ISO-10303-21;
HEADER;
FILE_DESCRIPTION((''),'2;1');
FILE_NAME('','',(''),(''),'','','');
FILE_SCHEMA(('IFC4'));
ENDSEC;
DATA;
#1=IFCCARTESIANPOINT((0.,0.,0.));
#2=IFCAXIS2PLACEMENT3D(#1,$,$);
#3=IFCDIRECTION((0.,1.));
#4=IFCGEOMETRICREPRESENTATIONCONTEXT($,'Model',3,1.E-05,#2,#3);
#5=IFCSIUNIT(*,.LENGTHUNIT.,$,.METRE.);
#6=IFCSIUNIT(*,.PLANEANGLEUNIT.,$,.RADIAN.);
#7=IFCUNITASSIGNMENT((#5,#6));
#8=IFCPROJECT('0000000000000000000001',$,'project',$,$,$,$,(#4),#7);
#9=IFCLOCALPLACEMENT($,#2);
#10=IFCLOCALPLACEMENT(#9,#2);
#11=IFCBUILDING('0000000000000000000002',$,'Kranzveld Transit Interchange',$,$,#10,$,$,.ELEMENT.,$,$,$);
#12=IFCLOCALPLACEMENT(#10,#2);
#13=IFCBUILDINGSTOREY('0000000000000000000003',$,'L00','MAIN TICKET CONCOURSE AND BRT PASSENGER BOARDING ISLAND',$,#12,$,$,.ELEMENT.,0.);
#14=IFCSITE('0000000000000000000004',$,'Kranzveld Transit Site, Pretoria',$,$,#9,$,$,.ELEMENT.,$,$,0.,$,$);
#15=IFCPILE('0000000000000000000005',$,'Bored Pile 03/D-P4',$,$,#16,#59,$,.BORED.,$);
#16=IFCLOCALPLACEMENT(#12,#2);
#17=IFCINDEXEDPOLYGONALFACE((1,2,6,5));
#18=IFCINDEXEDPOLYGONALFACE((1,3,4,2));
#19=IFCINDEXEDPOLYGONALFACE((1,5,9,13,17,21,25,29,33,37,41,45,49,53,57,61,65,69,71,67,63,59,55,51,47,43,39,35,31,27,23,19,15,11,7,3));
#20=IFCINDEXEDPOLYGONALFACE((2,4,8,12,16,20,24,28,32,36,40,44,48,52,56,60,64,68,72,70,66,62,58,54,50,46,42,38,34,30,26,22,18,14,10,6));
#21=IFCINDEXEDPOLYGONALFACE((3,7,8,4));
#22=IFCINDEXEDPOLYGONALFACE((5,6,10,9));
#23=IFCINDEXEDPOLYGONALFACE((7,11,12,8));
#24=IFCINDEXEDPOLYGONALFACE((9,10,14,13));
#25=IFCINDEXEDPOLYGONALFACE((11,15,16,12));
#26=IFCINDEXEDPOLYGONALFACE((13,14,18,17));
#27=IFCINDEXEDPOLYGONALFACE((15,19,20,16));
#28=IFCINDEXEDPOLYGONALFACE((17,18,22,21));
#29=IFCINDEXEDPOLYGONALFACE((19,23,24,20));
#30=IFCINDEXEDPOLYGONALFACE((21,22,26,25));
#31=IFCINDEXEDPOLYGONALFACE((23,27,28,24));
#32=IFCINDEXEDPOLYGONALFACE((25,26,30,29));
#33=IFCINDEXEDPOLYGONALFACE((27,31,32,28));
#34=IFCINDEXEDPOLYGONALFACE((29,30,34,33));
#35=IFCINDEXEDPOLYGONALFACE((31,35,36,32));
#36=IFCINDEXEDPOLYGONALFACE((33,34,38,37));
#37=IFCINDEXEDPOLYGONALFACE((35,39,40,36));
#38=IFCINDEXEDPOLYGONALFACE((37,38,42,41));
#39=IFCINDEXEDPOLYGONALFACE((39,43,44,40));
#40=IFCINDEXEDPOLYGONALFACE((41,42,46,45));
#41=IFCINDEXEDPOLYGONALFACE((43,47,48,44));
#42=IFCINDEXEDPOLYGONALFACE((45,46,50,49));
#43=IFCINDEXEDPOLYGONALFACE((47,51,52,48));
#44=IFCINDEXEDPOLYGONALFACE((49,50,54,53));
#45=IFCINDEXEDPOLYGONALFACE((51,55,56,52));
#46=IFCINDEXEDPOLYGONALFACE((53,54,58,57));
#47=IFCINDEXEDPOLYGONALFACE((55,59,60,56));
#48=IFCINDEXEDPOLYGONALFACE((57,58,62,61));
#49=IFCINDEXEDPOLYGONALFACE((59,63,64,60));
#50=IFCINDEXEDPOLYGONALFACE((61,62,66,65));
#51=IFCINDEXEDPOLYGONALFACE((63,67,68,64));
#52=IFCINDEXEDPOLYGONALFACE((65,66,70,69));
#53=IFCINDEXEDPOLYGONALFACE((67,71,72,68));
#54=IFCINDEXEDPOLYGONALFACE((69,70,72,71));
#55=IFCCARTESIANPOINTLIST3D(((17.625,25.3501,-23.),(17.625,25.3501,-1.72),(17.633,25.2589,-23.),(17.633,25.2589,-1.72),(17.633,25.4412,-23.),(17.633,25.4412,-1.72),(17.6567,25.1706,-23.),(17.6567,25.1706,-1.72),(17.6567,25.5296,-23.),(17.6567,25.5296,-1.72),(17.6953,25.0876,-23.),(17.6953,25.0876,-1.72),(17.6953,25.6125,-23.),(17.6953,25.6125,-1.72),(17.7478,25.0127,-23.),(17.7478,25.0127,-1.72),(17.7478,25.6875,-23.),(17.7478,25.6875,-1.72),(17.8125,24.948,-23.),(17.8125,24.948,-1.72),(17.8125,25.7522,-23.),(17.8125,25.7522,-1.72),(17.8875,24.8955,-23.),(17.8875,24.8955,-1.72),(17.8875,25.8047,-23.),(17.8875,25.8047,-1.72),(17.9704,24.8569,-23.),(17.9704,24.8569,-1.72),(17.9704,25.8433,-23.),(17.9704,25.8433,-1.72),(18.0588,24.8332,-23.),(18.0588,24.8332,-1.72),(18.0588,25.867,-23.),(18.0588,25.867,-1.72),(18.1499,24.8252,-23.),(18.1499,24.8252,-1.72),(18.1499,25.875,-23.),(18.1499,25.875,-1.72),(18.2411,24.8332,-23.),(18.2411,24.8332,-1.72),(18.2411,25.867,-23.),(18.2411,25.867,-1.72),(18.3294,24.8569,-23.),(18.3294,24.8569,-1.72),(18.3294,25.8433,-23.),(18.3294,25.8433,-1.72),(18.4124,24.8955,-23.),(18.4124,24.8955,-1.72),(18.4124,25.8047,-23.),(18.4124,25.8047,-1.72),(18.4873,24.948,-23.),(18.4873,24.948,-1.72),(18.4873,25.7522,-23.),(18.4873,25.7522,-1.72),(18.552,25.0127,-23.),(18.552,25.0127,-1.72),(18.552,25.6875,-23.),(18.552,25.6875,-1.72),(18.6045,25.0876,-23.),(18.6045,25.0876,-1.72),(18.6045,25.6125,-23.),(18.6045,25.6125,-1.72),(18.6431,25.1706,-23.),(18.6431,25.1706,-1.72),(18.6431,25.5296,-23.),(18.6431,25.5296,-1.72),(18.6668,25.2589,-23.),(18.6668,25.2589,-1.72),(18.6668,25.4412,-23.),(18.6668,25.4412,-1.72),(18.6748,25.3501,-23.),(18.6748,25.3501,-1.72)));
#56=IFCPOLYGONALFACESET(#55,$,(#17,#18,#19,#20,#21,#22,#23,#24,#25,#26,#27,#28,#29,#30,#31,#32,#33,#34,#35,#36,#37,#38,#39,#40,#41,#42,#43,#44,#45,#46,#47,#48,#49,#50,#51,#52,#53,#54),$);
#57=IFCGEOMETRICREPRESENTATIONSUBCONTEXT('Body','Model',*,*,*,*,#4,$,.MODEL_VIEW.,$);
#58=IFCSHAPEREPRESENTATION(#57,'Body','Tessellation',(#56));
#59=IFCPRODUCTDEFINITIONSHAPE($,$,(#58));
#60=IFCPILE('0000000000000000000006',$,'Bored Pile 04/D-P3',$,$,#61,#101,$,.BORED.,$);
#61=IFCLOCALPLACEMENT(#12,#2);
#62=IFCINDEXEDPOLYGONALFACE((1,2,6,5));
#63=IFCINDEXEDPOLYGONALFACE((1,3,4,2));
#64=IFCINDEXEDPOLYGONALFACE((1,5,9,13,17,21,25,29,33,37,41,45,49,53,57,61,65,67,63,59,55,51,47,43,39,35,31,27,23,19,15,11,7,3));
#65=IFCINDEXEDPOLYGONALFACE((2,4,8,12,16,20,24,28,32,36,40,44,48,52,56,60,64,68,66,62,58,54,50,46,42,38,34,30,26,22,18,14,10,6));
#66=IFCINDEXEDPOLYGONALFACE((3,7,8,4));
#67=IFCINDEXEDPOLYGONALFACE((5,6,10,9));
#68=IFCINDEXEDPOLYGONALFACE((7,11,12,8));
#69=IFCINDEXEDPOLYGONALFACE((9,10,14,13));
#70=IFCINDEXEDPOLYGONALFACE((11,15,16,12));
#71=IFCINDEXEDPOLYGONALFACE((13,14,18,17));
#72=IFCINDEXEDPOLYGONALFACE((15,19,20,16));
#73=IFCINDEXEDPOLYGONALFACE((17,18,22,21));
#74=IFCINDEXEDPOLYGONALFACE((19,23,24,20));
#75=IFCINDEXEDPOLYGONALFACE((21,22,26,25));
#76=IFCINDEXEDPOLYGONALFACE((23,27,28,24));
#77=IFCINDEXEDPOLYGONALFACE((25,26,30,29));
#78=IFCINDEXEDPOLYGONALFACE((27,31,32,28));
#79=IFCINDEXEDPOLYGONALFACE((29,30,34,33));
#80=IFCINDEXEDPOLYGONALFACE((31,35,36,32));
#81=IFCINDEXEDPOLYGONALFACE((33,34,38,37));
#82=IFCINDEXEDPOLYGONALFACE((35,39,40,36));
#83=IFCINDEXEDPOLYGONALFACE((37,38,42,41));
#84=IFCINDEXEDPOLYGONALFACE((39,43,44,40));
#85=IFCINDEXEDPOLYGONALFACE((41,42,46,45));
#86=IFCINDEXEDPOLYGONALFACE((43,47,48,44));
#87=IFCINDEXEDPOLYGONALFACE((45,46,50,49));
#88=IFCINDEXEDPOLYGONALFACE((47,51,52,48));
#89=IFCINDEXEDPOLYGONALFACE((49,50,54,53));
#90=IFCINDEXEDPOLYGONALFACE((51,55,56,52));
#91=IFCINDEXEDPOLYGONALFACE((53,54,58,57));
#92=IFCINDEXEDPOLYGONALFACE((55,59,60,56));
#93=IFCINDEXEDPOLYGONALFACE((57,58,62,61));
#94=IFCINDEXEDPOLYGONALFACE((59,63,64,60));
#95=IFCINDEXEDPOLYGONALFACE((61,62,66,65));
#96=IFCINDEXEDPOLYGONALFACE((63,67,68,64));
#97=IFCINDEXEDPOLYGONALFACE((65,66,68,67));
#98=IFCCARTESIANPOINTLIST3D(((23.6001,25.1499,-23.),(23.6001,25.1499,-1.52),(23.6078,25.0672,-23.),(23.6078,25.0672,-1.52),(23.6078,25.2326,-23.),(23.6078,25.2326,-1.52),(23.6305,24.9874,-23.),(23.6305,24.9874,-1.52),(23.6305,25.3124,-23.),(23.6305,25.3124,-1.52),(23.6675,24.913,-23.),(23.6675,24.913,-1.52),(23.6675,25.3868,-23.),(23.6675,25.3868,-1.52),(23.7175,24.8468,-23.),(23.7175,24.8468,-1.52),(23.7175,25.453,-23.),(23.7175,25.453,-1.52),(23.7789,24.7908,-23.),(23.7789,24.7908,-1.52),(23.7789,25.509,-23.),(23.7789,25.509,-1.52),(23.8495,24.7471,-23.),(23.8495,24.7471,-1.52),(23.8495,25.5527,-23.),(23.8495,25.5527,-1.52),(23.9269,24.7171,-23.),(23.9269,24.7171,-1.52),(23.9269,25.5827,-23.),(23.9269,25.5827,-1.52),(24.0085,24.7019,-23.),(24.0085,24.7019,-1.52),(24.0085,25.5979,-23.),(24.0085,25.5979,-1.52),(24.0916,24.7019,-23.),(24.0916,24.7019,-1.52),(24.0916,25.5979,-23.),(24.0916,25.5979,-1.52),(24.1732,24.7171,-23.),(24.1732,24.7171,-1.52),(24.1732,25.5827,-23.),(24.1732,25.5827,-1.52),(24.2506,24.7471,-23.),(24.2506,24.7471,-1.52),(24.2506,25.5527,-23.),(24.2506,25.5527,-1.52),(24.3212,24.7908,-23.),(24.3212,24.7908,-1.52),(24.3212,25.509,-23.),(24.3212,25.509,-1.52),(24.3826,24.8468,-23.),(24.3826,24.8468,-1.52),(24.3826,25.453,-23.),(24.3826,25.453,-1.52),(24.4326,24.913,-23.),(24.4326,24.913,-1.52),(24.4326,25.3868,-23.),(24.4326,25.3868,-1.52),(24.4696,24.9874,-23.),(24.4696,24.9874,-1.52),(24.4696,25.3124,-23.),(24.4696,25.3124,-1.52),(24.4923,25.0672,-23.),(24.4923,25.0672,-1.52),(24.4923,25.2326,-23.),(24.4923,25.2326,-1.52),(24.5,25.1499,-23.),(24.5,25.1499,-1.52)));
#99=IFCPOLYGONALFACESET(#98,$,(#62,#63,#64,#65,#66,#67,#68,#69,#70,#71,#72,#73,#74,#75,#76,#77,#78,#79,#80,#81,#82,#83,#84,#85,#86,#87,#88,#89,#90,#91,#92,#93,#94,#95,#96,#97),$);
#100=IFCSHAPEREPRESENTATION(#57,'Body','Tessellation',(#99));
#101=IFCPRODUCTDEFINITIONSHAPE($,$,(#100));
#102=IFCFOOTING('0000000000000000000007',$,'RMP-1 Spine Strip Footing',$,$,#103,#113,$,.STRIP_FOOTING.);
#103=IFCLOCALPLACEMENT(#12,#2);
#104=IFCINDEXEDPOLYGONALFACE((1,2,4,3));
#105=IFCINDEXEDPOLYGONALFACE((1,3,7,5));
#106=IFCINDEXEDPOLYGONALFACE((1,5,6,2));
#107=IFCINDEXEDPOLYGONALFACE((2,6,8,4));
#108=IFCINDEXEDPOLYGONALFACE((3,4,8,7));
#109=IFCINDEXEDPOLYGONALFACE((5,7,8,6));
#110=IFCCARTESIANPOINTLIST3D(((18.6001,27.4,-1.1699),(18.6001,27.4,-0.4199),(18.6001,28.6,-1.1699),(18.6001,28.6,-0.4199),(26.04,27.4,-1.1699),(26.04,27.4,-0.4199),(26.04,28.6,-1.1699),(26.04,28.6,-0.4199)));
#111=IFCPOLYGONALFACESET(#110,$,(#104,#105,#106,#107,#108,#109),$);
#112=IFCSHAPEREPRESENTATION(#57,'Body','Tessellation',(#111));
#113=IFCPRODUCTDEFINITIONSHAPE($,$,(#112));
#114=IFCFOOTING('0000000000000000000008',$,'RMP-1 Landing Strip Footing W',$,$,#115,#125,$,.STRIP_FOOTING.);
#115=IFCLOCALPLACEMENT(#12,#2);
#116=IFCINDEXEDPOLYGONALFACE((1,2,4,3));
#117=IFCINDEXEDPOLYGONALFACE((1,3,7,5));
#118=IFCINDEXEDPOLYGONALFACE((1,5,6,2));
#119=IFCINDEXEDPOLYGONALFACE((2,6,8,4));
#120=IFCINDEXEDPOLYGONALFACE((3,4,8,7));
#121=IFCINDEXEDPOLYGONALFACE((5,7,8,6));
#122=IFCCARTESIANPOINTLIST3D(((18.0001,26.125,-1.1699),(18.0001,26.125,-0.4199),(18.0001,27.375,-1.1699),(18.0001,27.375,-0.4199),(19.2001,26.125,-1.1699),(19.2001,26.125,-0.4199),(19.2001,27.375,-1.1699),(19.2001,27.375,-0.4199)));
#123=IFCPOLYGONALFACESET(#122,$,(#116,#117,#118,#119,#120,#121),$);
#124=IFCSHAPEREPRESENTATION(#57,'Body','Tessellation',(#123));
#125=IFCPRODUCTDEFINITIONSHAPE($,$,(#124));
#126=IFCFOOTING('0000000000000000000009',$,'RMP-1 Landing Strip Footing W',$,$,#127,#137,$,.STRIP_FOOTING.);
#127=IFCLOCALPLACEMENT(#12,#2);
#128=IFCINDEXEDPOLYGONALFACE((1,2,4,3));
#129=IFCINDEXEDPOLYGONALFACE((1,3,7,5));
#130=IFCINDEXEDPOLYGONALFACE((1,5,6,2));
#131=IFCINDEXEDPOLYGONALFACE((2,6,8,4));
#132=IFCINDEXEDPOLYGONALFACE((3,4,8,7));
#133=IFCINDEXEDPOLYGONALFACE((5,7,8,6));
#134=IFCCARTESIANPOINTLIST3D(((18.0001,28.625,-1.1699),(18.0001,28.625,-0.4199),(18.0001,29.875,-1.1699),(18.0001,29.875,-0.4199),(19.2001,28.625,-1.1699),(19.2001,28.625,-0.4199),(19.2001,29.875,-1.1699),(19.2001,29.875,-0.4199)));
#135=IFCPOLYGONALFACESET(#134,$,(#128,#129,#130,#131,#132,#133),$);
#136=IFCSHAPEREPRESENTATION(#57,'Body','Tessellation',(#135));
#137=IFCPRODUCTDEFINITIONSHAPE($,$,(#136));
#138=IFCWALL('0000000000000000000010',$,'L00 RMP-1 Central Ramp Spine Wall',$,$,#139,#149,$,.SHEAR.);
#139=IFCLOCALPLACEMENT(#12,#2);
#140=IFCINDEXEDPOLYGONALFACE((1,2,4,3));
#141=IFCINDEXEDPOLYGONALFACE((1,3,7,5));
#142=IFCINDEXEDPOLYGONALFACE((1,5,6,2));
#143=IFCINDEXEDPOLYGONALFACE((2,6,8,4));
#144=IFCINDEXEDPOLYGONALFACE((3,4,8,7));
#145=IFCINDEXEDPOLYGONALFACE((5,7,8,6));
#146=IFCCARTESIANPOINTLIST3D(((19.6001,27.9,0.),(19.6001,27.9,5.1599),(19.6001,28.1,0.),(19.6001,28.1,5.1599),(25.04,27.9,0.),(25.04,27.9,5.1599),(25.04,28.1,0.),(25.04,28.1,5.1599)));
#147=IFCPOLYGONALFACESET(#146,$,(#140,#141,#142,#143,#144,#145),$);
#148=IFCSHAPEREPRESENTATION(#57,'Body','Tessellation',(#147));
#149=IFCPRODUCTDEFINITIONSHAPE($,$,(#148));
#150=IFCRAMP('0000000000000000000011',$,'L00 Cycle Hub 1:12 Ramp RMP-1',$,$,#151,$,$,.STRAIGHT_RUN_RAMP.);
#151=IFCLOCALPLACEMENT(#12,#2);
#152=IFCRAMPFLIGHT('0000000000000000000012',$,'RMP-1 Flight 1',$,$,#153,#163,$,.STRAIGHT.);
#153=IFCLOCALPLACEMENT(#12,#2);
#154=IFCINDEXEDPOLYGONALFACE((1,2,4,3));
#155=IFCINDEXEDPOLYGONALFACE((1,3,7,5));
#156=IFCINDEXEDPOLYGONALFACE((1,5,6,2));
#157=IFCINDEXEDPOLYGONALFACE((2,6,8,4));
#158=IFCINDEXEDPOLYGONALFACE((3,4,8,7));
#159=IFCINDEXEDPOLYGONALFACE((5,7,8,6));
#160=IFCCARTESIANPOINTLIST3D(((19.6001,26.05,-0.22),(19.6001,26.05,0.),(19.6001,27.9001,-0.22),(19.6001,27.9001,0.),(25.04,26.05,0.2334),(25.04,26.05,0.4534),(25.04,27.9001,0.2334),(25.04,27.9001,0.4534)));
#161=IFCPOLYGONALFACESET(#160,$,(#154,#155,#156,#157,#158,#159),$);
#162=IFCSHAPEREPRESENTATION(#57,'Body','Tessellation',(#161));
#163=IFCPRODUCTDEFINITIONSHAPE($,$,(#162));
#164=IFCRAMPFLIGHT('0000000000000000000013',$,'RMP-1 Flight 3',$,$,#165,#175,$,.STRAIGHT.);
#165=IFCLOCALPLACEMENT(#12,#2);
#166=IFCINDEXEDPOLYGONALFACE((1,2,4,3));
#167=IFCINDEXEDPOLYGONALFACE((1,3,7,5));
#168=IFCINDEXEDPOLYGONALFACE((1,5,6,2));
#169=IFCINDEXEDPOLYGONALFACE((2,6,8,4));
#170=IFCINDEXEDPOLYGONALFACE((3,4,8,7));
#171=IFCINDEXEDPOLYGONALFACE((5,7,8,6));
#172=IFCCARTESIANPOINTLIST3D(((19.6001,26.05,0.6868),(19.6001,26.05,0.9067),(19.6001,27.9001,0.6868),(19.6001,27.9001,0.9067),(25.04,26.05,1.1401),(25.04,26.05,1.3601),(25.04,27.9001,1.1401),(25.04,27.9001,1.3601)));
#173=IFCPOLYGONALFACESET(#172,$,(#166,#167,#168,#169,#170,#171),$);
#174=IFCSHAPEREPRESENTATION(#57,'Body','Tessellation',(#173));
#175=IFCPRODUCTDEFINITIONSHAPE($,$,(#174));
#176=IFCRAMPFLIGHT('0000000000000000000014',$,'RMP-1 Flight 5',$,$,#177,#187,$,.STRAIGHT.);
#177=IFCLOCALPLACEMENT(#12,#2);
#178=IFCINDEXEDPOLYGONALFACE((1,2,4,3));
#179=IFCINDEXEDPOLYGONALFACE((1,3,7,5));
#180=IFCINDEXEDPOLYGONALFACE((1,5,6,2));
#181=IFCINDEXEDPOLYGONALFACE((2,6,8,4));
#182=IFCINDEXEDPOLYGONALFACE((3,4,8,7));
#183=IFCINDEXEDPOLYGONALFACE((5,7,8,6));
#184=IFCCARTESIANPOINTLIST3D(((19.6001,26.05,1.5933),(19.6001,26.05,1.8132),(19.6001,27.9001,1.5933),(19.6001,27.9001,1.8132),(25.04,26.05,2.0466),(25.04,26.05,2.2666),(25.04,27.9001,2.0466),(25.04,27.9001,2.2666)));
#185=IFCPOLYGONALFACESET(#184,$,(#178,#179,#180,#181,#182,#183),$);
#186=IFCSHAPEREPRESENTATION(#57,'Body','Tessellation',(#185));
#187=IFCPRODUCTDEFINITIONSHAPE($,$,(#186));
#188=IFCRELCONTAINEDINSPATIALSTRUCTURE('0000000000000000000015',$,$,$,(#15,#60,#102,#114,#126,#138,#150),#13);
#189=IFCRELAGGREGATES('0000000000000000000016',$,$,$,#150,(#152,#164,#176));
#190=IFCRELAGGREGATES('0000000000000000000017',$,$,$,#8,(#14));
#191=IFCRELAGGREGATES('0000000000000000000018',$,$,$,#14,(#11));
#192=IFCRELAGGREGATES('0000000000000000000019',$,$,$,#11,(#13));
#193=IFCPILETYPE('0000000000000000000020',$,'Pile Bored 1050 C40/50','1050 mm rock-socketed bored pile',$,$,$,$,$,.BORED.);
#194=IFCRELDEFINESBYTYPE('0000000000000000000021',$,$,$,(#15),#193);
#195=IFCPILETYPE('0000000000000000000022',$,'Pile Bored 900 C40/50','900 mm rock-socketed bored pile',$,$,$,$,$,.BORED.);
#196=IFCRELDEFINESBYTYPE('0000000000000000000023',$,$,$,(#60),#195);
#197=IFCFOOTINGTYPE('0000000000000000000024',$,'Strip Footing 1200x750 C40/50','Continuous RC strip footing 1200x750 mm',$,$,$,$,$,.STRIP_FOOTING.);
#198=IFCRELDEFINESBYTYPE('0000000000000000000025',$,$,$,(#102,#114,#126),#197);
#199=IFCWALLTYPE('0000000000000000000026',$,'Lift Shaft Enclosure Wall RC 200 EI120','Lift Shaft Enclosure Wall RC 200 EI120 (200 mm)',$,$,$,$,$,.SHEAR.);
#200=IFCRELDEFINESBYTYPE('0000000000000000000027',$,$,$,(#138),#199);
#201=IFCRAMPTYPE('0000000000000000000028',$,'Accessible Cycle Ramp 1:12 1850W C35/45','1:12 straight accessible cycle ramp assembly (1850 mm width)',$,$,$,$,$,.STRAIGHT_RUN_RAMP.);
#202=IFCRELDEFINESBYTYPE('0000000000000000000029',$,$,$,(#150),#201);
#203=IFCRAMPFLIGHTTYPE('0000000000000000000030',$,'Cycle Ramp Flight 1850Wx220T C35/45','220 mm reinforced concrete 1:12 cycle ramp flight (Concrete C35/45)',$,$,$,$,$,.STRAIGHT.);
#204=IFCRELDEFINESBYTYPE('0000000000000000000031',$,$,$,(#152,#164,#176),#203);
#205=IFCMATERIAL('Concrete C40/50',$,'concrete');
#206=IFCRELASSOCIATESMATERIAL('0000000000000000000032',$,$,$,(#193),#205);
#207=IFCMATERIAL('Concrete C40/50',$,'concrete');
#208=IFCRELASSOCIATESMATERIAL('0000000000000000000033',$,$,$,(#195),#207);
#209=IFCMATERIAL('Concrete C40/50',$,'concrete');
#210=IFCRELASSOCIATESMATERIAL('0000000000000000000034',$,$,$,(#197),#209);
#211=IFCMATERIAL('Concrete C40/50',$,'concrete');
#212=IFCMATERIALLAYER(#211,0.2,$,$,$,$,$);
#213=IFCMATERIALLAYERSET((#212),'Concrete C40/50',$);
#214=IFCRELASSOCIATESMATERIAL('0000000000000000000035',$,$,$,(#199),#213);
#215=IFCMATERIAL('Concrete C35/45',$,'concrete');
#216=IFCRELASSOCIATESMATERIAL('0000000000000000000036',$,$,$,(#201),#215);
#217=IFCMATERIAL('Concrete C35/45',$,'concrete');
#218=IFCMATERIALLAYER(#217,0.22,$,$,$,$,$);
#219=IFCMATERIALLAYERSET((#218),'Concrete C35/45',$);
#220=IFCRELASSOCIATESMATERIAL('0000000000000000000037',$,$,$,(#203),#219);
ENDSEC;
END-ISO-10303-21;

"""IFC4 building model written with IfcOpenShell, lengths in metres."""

from ifc_helpers import new_model, si_unit, direction, frame, frame_2d, origin, origin_2d, place, context, subcontext, project, spatial, polyline, rectangle, circle, outline, extrude, material, layer, layer_set, material_profile, profile_set, type_object, element, aggregate, save


model = new_model("IFC4")

# Units and contexts
model_context = context("Model", 3, precision=1e-05, world=origin(), true_north=direction((0.0, 1.0)))
body_context = subcontext(model_context, "Body", "Model", "MODEL_VIEW")
ifc_project = project(units=[si_unit("LENGTHUNIT", "METRE"), si_unit("PLANEANGLEUNIT", "RADIAN")], contexts=[model_context])

# Site, building, storey
site_placement = place(None, origin())
site = spatial("IfcSite", under=ifc_project, at=site_placement, Name="Kranzveld Transit Site, Pretoria", CompositionType="ELEMENT", RefElevation=0.0)
building_placement = place(site_placement, origin())
building = spatial("IfcBuilding", under=site, at=building_placement, Name="Kranzveld Transit Interchange", CompositionType="ELEMENT")
storey_placement = place(building_placement, origin())
storey = spatial("IfcBuildingStorey", under=building, at=storey_placement, Name="L00", Description="MAIN TICKET CONCOURSE AND BRT PASSENGER BOARDING ISLAND", CompositionType="ELEMENT", Elevation=0.0)

# Piles
ifc_material_1 = material(Name="Concrete C40/50", Category="concrete")
ifc_material_profile_1 = material_profile(ifc_material_1, circle(Radius=0.5249, at=origin_2d()), Name="BORED PILE 1050")
ifc_profile_set_1 = profile_set([ifc_material_profile_1], Name="Concrete C40/50")
pile_type_1 = type_object("IfcPileType", Name="Pile Bored 1050 C40/50", Description="1050 mm rock-socketed bored pile", PredefinedType="BORED", material=ifc_profile_set_1)
pile_1_placement = place(storey_placement, frame((18.1499, 25.3501, -1.72), z_axis=(0.0, 0.0, -1.0), x_axis=(1.0, 0.0, 0.0)))
element("IfcPile", 1, at=pile_1_placement, inside=storey, type_object=pile_type_1, Name="Bored Pile 03/D-P4", PredefinedType="BORED", context=body_context, shape_type="SweptSolid", body=[
    extrude(circle(Radius=0.5249, at=origin_2d()), origin(), (0.0, 0.0, 1.0), 21.28),
])
ifc_material_2 = material(Name="Concrete C40/50", Category="concrete")
ifc_material_profile_2 = material_profile(ifc_material_2, circle(Radius=0.45, at=origin_2d()), Name="BORED PILE 900")
ifc_profile_set_2 = profile_set([ifc_material_profile_2], Name="Concrete C40/50")
pile_type_2 = type_object("IfcPileType", Name="Pile Bored 900 C40/50", Description="900 mm rock-socketed bored pile", PredefinedType="BORED", material=ifc_profile_set_2)
pile_2_placement = place(storey_placement, frame((24.05, 25.1499, -1.52), z_axis=(0.0, 0.0, -1.0), x_axis=(1.0, 0.0, 0.0)))
element("IfcPile", 2, at=pile_2_placement, inside=storey, type_object=pile_type_2, Name="Bored Pile 04/D-P3", PredefinedType="BORED", context=body_context, shape_type="SweptSolid", body=[
    extrude(circle(Radius=0.45, at=origin_2d()), origin(), (0.0, 0.0, 1.0), 21.48),
])

# Footings
ifc_material_3 = material(Name="Concrete C40/50", Category="concrete")
ifc_material_profile_3 = material_profile(ifc_material_3, rectangle(XDim=1.2, YDim=0.75, at=origin_2d()), Name="SF 1200x750")
ifc_profile_set_3 = profile_set([ifc_material_profile_3], Name="Concrete C40/50")
footing_type = type_object("IfcFootingType", Name="Strip Footing 1200x750 C40/50", Description="Continuous RC strip footing 1200x750 mm", PredefinedType="STRIP_FOOTING", material=ifc_profile_set_3)
footing_placement = place(storey_placement, frame((18.6001, 28.0, -0.7949), z_axis=(1.0, 0.0, 0.0), x_axis=(0.0, 1.0, 0.0)))
element("IfcFooting", 3, at=footing_placement, inside=storey, type_object=footing_type, Name="RMP-1 Spine Strip Footing", PredefinedType="STRIP_FOOTING", context=body_context, shape_type="SweptSolid", body=[
    extrude(rectangle(XDim=1.2, YDim=0.75, at=origin_2d()), origin(), (0.0, 0.0, 1.0), 7.4399),
])
for number, where, z_axis, x_axis, name in (
    (4, (18.6001, 26.125, -0.7949), (0.0, 1.0, 0.0), (-1.0, 0.0, 0.0), "RMP-1 Landing Strip Footing W"),
    (5, (18.6001, 28.625, -0.7949), (0.0, 1.0, 0.0), (-1.0, 0.0, 0.0), "RMP-1 Landing Strip Footing W"),
):
    element("IfcFooting", number, at=place(storey_placement, frame(where, z_axis=z_axis, x_axis=x_axis)), inside=storey, type_object=footing_type, Name=name, PredefinedType="STRIP_FOOTING", context=body_context, shape_type="SweptSolid", body=[
        extrude(rectangle(XDim=1.2, YDim=0.75, at=origin_2d()), origin(), (0.0, 0.0, 1.0), 1.25),
    ])

# Wall
ifc_material_4 = material(Name="Concrete C40/50", Category="concrete")
ifc_layer_1 = layer(ifc_material_4, 0.2)
ifc_layer_set_1 = layer_set([ifc_layer_1], Name="Concrete C40/50")
wall_type = type_object("IfcWallType", Name="Lift Shaft Enclosure Wall RC 200 EI120", Description="Lift Shaft Enclosure Wall RC 200 EI120 (200 mm)", PredefinedType="SHEAR", material=ifc_layer_set_1)
wall_placement = place(storey_placement, frame((19.6001, 28.0, 0.0), z_axis=(0.0, 0.0, 1.0), x_axis=(1.0, 0.0, 0.0)))
element("IfcWall", 6, at=wall_placement, inside=storey, type_object=wall_type, Name="L00 RMP-1 Central Ramp Spine Wall", PredefinedType="SHEAR", context=body_context, shape_type="SweptSolid", body=[
    extrude(rectangle(XDim=5.4399, YDim=0.2, at=frame_2d((2.72, 0.0))), origin(), (0.0, 0.0, 1.0), 5.1599),
])

# Ramp, ramp flights
ifc_material_5 = material(Name="Concrete C35/45", Category="concrete")
ramp_type = type_object("IfcRampType", Name="Accessible Cycle Ramp 1:12 1850W C35/45", Description="1:12 straight accessible cycle ramp assembly (1850 mm width)", PredefinedType="STRAIGHT_RUN_RAMP", material=ifc_material_5)
ramp_placement = place(storey_placement, origin())
ramp = element("IfcRamp", 7, at=ramp_placement, inside=storey, type_object=ramp_type, Name="L00 Cycle Hub 1:12 Ramp RMP-1", PredefinedType="STRAIGHT_RUN_RAMP")
ifc_material_6 = material(Name="Concrete C35/45", Category="concrete")
ifc_layer_2 = layer(ifc_material_6, 0.22)
ifc_layer_set_2 = layer_set([ifc_layer_2], Name="Concrete C35/45")
ramp_flight_type = type_object("IfcRampFlightType", Name="Cycle Ramp Flight 1850Wx220T C35/45", Description="220 mm reinforced concrete 1:12 cycle ramp flight (Concrete C35/45)", PredefinedType="STRAIGHT", material=ifc_layer_set_2)
ramp_flight_1_placement = place(storey_placement, frame((19.6001, 26.9751, 0.0), z_axis=(0.0, 0.0, 1.0), x_axis=(1.0, 0.0, 0.0)))
ramp_flight_1 = element("IfcRampFlight", 8, at=ramp_flight_1_placement, type_object=ramp_flight_type, Name="RMP-1 Flight 1", PredefinedType="STRAIGHT", context=body_context, shape_type="SweptSolid", body=[
    extrude(outline(polyline([(0.0, -0.22), (0.0, 0.0), (5.4399, 0.4534), (5.4399, 0.2334), (0.0, -0.22)])), frame((0.0, 0.925, 0.0), z_axis=(0.0, -1.0, 0.0), x_axis=(1.0, 0.0, 0.0)), (0.0, 0.0, 1.0), 1.8501),
])
ramp_flight_2_placement = place(storey_placement, frame((19.6001, 26.9751, 0.9067), z_axis=(0.0, 0.0, 1.0), x_axis=(1.0, 0.0, 0.0)))
ramp_flight_2 = element("IfcRampFlight", 9, at=ramp_flight_2_placement, type_object=ramp_flight_type, Name="RMP-1 Flight 3", PredefinedType="STRAIGHT", context=body_context, shape_type="SweptSolid", body=[
    extrude(outline(polyline([(0.0, -0.22), (0.0, 0.0), (5.4399, 0.4534), (5.4399, 0.2334), (0.0, -0.22)])), frame((0.0, 0.925, 0.0), z_axis=(0.0, -1.0, 0.0), x_axis=(1.0, 0.0, 0.0)), (0.0, 0.0, 1.0), 1.8501),
])
ramp_flight_3_placement = place(storey_placement, frame((19.6001, 26.9751, 1.8132), z_axis=(0.0, 0.0, 1.0), x_axis=(1.0, 0.0, 0.0)))
ramp_flight_3 = element("IfcRampFlight", 10, at=ramp_flight_3_placement, type_object=ramp_flight_type, Name="RMP-1 Flight 5", PredefinedType="STRAIGHT", context=body_context, shape_type="SweptSolid", body=[
    extrude(outline(polyline([(0.0, -0.22), (0.0, 0.0), (5.4399, 0.4534), (5.4399, 0.2334), (0.0, -0.22)])), frame((0.0, 0.925, 0.0), z_axis=(0.0, -1.0, 0.0), x_axis=(1.0, 0.0, 0.0)), (0.0, 0.0, 1.0), 1.8501),
])
aggregate(ramp, [ramp_flight_1, ramp_flight_2, ramp_flight_3])

save(model, "model.ifc")
